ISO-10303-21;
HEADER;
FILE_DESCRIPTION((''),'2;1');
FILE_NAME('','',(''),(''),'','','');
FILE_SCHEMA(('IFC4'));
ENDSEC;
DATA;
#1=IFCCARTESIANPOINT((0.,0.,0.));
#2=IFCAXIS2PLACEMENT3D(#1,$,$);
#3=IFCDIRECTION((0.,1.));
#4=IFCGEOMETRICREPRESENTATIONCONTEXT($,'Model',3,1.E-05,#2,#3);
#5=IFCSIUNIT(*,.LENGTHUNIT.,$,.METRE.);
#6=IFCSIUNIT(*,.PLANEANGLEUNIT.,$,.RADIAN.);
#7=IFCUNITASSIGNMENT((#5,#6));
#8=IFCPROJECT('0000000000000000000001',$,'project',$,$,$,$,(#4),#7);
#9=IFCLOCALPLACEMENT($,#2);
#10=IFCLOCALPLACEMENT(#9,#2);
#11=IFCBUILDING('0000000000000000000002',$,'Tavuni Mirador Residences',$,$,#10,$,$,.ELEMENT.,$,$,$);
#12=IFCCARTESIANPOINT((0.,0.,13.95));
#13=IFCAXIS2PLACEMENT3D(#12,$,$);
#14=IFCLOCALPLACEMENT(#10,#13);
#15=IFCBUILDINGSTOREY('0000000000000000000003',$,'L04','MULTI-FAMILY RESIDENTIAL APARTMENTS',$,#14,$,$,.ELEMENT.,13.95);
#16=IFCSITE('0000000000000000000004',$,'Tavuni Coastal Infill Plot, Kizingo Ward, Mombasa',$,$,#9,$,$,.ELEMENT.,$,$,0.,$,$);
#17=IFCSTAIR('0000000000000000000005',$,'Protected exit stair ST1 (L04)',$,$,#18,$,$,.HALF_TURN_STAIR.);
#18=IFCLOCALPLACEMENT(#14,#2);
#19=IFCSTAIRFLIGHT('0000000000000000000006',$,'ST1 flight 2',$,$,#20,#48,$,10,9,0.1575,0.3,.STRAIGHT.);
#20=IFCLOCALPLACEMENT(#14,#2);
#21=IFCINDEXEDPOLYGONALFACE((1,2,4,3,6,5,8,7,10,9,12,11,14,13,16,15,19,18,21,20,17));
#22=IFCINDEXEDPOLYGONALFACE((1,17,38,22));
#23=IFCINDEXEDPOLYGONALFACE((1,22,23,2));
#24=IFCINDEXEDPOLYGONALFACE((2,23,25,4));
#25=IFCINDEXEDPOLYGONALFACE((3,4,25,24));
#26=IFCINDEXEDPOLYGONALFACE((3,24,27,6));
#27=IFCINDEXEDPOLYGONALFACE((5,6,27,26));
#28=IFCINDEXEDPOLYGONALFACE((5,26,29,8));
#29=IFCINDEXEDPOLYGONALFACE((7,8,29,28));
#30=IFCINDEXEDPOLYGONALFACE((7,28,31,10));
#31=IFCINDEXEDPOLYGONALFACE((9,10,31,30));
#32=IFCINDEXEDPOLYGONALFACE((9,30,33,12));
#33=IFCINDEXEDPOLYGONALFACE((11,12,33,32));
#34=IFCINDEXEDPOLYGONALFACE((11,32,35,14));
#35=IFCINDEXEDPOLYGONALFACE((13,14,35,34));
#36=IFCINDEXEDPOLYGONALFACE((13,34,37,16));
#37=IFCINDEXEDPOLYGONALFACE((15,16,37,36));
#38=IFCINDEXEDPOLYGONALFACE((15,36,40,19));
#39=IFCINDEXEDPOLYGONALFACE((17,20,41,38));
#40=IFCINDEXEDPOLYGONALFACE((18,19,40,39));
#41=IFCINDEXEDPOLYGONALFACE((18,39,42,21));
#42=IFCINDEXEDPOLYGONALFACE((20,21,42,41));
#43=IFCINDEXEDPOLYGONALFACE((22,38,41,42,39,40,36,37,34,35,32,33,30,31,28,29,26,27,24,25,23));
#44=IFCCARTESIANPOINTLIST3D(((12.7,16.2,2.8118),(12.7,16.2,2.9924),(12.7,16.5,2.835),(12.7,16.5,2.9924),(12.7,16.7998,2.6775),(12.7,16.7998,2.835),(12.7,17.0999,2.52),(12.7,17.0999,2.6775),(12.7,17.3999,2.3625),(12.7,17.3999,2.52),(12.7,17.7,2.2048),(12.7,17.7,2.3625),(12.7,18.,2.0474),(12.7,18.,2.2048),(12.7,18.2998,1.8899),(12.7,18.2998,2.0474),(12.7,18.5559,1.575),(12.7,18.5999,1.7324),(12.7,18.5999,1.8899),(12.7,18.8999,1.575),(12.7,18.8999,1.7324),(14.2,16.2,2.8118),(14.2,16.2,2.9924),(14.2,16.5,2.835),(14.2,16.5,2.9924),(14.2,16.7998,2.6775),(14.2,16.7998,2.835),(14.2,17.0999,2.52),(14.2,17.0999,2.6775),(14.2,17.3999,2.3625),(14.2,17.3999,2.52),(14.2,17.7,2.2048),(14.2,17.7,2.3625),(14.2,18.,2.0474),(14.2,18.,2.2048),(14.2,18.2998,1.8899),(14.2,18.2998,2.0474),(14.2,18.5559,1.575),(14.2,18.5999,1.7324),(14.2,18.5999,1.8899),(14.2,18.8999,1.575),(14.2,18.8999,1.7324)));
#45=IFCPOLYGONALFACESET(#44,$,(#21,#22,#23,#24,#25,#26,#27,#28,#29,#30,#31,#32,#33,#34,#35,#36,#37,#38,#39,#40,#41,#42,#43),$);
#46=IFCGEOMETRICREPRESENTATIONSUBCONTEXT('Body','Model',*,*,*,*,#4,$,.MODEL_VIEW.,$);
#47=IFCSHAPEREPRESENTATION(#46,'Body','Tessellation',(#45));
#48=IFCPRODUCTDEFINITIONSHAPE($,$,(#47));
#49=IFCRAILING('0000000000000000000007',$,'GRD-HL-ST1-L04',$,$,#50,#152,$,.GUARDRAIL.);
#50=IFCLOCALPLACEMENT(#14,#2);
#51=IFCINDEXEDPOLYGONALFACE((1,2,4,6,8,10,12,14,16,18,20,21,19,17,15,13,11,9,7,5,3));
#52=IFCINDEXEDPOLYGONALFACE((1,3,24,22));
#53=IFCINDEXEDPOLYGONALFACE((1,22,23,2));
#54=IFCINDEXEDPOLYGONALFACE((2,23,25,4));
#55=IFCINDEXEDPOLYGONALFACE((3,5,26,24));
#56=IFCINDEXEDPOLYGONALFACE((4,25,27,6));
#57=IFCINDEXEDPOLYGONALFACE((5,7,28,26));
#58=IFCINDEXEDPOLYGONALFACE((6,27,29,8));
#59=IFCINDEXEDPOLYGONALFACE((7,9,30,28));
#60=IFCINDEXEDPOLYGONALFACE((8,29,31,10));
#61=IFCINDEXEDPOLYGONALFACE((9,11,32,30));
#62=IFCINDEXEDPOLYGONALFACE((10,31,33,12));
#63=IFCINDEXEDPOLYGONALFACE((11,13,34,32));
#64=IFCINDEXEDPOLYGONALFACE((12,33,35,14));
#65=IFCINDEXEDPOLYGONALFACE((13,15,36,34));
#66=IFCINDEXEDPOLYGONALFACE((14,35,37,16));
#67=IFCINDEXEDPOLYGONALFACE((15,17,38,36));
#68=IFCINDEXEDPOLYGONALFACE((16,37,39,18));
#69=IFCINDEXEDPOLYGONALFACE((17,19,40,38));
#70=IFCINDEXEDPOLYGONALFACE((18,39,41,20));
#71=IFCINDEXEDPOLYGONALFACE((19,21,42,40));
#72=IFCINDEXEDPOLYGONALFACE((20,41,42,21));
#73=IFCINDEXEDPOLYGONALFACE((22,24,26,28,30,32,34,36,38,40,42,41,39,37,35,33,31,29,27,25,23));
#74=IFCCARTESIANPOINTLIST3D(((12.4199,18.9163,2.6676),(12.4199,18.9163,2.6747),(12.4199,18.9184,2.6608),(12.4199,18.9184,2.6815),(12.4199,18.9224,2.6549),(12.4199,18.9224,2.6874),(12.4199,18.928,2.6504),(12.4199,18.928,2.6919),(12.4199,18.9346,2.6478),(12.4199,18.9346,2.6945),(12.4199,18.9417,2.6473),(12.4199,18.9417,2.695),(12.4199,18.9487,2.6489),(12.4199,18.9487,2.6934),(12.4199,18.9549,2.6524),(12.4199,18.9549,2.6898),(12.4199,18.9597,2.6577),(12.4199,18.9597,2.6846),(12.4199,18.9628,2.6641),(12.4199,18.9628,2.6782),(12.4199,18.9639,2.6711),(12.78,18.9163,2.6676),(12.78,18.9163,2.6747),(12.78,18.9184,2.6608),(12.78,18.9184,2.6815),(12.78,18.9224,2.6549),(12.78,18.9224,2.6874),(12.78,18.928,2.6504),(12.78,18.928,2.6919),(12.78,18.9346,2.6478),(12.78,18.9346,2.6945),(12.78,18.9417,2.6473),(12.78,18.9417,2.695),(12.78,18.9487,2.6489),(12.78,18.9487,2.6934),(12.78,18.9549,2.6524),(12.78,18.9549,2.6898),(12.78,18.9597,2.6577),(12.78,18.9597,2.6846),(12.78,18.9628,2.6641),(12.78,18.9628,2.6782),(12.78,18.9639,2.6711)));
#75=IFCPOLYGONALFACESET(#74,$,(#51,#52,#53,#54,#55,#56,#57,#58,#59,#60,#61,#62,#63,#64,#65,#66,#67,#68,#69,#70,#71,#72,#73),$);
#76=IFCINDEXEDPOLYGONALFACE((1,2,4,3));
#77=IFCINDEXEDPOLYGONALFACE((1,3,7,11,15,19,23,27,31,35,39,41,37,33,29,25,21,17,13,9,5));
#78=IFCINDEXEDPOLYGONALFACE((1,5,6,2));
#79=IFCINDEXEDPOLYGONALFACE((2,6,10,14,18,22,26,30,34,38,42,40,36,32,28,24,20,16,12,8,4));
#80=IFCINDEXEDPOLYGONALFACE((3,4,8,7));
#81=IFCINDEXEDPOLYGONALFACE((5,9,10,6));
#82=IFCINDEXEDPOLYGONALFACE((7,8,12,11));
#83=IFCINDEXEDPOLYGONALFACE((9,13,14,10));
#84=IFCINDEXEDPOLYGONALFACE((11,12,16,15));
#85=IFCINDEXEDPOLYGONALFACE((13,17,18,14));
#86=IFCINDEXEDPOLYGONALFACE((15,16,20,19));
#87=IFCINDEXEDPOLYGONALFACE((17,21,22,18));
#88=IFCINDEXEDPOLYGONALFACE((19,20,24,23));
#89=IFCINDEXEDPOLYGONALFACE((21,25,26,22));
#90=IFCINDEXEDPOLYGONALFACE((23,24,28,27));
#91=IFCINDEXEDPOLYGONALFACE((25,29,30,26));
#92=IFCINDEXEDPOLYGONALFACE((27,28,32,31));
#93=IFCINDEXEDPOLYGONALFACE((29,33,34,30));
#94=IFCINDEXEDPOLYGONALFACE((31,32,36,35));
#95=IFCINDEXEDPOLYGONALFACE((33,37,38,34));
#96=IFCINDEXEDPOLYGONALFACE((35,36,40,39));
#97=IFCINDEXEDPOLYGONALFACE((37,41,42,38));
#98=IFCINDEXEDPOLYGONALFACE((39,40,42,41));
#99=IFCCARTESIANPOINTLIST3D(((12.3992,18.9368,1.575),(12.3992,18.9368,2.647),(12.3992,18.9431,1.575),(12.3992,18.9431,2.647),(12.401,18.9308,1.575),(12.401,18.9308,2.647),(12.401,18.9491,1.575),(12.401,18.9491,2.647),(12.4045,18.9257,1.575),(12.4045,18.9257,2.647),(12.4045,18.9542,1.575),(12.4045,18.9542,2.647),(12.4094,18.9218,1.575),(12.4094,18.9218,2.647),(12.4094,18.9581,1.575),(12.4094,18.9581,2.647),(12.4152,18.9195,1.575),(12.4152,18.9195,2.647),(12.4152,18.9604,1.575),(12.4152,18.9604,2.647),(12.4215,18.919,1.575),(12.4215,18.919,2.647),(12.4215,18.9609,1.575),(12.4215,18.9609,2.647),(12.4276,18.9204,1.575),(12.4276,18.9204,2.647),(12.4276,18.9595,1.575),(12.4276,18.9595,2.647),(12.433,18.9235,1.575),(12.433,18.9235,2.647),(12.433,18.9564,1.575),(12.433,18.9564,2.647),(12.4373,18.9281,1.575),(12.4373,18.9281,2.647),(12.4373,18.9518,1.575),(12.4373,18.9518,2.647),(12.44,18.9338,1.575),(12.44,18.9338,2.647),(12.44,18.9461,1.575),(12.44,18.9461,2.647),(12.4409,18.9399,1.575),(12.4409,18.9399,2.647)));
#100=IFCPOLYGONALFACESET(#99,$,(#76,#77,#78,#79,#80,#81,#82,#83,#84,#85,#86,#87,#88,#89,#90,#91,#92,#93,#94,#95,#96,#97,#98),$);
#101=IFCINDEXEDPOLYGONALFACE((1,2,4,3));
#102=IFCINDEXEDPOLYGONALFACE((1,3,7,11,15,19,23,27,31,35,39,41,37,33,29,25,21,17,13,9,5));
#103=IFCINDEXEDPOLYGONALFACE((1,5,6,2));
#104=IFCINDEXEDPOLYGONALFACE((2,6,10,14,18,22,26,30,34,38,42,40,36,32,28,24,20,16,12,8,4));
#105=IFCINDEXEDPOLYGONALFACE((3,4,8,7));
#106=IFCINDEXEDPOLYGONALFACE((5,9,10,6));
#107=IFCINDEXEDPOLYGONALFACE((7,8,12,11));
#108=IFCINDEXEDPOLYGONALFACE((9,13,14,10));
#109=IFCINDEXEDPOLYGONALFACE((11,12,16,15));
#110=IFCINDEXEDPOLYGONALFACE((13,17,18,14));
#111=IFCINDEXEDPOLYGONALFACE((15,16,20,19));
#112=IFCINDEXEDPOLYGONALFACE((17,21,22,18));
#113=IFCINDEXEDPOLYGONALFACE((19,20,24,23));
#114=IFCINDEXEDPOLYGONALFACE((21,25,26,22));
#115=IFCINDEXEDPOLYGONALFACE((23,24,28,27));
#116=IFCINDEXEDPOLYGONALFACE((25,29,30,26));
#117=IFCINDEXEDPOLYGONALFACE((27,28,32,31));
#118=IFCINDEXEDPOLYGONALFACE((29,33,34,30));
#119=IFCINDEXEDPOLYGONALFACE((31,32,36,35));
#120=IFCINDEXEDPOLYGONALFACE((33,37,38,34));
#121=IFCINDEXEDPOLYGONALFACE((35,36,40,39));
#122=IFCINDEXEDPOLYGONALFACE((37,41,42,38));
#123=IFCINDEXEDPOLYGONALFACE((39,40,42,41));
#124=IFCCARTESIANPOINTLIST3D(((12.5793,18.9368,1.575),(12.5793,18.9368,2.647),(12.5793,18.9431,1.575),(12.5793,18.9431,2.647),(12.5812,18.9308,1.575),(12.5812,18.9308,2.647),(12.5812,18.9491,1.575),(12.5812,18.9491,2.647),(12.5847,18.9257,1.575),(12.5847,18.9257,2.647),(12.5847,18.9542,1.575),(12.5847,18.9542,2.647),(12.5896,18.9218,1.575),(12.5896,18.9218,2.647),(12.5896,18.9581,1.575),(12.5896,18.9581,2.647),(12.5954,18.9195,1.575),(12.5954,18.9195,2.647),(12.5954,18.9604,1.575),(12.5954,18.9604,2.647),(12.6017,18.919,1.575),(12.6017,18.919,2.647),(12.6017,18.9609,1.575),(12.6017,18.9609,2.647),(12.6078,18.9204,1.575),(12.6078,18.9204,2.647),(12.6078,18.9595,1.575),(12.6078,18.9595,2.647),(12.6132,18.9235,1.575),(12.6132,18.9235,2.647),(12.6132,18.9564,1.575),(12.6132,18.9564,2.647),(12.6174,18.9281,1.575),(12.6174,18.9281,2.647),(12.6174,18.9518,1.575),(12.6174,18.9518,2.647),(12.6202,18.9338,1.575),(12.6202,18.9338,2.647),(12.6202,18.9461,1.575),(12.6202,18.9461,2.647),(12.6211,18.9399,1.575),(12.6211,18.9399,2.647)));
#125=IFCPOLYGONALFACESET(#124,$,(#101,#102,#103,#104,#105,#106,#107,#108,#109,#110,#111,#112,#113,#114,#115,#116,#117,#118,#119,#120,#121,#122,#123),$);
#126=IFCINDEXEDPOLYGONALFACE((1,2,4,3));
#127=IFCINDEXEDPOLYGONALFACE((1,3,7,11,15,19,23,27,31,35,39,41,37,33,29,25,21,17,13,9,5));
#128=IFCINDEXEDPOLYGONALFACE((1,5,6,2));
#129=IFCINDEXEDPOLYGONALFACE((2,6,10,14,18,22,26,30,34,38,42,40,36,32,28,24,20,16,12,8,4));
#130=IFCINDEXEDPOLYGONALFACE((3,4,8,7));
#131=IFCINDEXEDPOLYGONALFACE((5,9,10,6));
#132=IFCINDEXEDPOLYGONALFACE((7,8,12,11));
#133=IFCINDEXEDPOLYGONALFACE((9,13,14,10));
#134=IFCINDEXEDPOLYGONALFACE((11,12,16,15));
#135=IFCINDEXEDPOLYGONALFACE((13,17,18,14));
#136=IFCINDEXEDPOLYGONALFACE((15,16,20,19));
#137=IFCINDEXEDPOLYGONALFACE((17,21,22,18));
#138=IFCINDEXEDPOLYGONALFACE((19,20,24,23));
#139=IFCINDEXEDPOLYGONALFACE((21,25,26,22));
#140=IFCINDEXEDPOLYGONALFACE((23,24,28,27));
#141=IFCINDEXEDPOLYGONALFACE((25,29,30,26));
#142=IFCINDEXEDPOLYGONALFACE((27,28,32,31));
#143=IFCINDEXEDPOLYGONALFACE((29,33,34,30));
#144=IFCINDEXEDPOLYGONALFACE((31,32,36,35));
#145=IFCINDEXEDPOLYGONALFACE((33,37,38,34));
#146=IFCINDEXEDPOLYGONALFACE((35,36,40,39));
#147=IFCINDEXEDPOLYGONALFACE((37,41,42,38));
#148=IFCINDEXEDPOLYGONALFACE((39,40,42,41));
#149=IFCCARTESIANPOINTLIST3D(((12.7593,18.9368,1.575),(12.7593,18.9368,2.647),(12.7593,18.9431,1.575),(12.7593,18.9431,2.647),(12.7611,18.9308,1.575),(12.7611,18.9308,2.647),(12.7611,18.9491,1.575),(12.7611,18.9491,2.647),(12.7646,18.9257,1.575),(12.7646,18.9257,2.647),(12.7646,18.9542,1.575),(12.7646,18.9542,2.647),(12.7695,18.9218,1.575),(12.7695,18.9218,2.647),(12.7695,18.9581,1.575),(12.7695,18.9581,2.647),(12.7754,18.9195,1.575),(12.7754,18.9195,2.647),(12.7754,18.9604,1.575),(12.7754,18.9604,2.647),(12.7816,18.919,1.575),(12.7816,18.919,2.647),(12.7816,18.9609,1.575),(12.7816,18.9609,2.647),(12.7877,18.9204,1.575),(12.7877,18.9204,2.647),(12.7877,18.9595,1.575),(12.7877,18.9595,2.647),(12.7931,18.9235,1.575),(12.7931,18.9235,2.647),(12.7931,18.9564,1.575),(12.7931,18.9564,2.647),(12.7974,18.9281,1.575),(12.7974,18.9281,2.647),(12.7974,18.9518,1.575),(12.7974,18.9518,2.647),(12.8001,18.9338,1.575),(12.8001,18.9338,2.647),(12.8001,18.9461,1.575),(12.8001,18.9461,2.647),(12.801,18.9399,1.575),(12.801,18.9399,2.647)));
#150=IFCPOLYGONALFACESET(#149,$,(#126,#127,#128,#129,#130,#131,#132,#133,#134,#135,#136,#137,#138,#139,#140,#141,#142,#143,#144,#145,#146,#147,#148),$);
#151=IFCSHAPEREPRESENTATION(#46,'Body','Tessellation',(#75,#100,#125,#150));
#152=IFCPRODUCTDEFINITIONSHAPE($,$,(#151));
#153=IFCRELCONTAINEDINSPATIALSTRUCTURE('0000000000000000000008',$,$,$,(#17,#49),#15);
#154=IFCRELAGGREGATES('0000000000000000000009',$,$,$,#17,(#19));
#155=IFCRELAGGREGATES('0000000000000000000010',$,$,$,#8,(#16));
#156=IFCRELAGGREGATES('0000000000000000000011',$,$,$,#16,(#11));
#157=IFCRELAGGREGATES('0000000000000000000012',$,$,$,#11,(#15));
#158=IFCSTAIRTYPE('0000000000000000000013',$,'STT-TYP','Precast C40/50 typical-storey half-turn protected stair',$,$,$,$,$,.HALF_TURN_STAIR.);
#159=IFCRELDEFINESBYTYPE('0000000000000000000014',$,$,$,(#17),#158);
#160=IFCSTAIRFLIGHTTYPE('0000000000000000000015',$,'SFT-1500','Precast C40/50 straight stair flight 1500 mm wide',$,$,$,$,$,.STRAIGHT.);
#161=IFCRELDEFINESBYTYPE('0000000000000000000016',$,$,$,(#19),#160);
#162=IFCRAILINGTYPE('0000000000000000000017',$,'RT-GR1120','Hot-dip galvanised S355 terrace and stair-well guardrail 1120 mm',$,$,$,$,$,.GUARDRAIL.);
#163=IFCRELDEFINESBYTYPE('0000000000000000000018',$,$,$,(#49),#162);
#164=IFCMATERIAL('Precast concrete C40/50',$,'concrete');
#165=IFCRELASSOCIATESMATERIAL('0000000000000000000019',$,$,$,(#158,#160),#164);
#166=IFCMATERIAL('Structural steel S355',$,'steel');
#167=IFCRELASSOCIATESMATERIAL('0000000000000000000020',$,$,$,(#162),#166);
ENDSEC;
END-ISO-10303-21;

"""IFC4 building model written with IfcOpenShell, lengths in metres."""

from ifc_helpers import new_model, si_unit, direction, frame, origin, origin_2d, place, context, subcontext, project, spatial, polyline, circle, outline, extrude, material, type_object, element, aggregate, save


model = new_model("IFC4")

# Units and contexts
model_context = context("Model", 3, precision=1e-05, world=origin(), true_north=direction((0.0, 1.0)))
body_context = subcontext(model_context, "Body", "Model", "MODEL_VIEW")
ifc_project = project(units=[si_unit("LENGTHUNIT", "METRE"), si_unit("PLANEANGLEUNIT", "RADIAN")], contexts=[model_context])

# Site, building, storey
site_placement = place(None, origin())
site = spatial("IfcSite", under=ifc_project, at=site_placement, Name="Tavuni Coastal Infill Plot, Kizingo Ward, Mombasa", CompositionType="ELEMENT", RefElevation=0.0)
building_placement = place(site_placement, origin())
building = spatial("IfcBuilding", under=site, at=building_placement, Name="Tavuni Mirador Residences", CompositionType="ELEMENT")
storey_placement = place(building_placement, frame((0.0, 0.0, 13.95)))
storey = spatial("IfcBuildingStorey", under=building, at=storey_placement, Name="L04", Description="MULTI-FAMILY RESIDENTIAL APARTMENTS", CompositionType="ELEMENT", Elevation=13.95)

# Shared definitions
ifc_material_1 = material(Name="Precast concrete C40/50", Category="concrete")

# Shared definitions
ifc_material_2 = material(Name="Structural steel S355", Category="steel")

# Stair, stair flight
stair_type = type_object("IfcStairType", Name="STT-TYP", Description="Precast C40/50 typical-storey half-turn protected stair", PredefinedType="HALF_TURN_STAIR", material=ifc_material_1)
stair_placement = place(storey_placement, origin())
stair = element("IfcStair", 1, at=stair_placement, inside=storey, type_object=stair_type, Name="Protected exit stair ST1 (L04)", PredefinedType="HALF_TURN_STAIR")
stair_flight_type = type_object("IfcStairFlightType", Name="SFT-1500", Description="Precast C40/50 straight stair flight 1500 mm wide", PredefinedType="STRAIGHT", material=ifc_material_1)
stair_flight_1_placement = place(storey_placement, frame((13.45, 18.8999, 1.575), z_axis=(0.0, 0.0, 1.0), x_axis=(0.0, -1.0, 0.0)))
stair_flight_1 = element("IfcStairFlight", 2, at=stair_flight_1_placement, type_object=stair_flight_type, Name="ST1 flight 2", NumberOfRisers=10, NumberOfTreads=9, PredefinedType="STRAIGHT", RiserHeight=0.1575, TreadLength=0.3, context=body_context, shape_type="SweptSolid", body=[
    extrude(outline(polyline([(0.0, 0.0), (0.0, 0.1575), (0.3, 0.1575), (0.3, 0.3149), (0.6001, 0.3149), (0.6001, 0.4724), (0.8999, 0.4724), (0.8999, 0.6299), (1.2, 0.6299), (1.2, 0.7876), (1.5, 0.7876), (1.5, 0.9451), (1.8, 0.9451), (1.8, 1.1025), (2.1001, 1.1025), (2.1001, 1.26), (2.3999, 1.26), (2.3999, 1.4175), (2.7, 1.4175), (2.7, 1.575), (2.7, 1.2368), (0.344, 0.0), (0.0, 0.0)])), frame((0.0, 0.75, 0.0), z_axis=(0.0, -1.0, 0.0), x_axis=(1.0, 0.0, 0.0)), (0.0, 0.0, 1.0), 1.5),
])
aggregate(stair, [stair_flight_1])

# Railing
railing_type_1 = type_object("IfcRailingType", Name="RT-GR1120", Description="Hot-dip galvanised S355 terrace and stair-well guardrail 1120 mm", PredefinedType="GUARDRAIL", material=ifc_material_2)
railing_1_placement = place(storey_placement, frame((12.4199, 18.9399, 1.575)))
element("IfcRailing", 3, at=railing_1_placement, inside=storey, type_object=railing_type_1, Name="GRD-HL-ST1-L04", PredefinedType="GUARDRAIL", context=body_context, shape_type="SweptSolid", body=[
    extrude(circle(Radius=0.0239, at=origin_2d()), frame((0.0, 0.0, 1.0962), z_axis=(1.0, 0.0, 0.0), x_axis=(0.0, 1.0, 0.0)), (0.0, 0.0, 1.0), 0.3601),
    extrude(circle(Radius=0.021, at=origin_2d()), origin(), (0.0, 0.0, 1.0), 1.072),
    extrude(circle(Radius=0.021, at=origin_2d()), frame((0.1802, 0.0, 0.0)), (0.0, 0.0, 1.0), 1.072),
    extrude(circle(Radius=0.021, at=origin_2d()), frame((0.3601, 0.0, 0.0)), (0.0, 0.0, 1.0), 1.072),
])

save(model, "model.ifc")
